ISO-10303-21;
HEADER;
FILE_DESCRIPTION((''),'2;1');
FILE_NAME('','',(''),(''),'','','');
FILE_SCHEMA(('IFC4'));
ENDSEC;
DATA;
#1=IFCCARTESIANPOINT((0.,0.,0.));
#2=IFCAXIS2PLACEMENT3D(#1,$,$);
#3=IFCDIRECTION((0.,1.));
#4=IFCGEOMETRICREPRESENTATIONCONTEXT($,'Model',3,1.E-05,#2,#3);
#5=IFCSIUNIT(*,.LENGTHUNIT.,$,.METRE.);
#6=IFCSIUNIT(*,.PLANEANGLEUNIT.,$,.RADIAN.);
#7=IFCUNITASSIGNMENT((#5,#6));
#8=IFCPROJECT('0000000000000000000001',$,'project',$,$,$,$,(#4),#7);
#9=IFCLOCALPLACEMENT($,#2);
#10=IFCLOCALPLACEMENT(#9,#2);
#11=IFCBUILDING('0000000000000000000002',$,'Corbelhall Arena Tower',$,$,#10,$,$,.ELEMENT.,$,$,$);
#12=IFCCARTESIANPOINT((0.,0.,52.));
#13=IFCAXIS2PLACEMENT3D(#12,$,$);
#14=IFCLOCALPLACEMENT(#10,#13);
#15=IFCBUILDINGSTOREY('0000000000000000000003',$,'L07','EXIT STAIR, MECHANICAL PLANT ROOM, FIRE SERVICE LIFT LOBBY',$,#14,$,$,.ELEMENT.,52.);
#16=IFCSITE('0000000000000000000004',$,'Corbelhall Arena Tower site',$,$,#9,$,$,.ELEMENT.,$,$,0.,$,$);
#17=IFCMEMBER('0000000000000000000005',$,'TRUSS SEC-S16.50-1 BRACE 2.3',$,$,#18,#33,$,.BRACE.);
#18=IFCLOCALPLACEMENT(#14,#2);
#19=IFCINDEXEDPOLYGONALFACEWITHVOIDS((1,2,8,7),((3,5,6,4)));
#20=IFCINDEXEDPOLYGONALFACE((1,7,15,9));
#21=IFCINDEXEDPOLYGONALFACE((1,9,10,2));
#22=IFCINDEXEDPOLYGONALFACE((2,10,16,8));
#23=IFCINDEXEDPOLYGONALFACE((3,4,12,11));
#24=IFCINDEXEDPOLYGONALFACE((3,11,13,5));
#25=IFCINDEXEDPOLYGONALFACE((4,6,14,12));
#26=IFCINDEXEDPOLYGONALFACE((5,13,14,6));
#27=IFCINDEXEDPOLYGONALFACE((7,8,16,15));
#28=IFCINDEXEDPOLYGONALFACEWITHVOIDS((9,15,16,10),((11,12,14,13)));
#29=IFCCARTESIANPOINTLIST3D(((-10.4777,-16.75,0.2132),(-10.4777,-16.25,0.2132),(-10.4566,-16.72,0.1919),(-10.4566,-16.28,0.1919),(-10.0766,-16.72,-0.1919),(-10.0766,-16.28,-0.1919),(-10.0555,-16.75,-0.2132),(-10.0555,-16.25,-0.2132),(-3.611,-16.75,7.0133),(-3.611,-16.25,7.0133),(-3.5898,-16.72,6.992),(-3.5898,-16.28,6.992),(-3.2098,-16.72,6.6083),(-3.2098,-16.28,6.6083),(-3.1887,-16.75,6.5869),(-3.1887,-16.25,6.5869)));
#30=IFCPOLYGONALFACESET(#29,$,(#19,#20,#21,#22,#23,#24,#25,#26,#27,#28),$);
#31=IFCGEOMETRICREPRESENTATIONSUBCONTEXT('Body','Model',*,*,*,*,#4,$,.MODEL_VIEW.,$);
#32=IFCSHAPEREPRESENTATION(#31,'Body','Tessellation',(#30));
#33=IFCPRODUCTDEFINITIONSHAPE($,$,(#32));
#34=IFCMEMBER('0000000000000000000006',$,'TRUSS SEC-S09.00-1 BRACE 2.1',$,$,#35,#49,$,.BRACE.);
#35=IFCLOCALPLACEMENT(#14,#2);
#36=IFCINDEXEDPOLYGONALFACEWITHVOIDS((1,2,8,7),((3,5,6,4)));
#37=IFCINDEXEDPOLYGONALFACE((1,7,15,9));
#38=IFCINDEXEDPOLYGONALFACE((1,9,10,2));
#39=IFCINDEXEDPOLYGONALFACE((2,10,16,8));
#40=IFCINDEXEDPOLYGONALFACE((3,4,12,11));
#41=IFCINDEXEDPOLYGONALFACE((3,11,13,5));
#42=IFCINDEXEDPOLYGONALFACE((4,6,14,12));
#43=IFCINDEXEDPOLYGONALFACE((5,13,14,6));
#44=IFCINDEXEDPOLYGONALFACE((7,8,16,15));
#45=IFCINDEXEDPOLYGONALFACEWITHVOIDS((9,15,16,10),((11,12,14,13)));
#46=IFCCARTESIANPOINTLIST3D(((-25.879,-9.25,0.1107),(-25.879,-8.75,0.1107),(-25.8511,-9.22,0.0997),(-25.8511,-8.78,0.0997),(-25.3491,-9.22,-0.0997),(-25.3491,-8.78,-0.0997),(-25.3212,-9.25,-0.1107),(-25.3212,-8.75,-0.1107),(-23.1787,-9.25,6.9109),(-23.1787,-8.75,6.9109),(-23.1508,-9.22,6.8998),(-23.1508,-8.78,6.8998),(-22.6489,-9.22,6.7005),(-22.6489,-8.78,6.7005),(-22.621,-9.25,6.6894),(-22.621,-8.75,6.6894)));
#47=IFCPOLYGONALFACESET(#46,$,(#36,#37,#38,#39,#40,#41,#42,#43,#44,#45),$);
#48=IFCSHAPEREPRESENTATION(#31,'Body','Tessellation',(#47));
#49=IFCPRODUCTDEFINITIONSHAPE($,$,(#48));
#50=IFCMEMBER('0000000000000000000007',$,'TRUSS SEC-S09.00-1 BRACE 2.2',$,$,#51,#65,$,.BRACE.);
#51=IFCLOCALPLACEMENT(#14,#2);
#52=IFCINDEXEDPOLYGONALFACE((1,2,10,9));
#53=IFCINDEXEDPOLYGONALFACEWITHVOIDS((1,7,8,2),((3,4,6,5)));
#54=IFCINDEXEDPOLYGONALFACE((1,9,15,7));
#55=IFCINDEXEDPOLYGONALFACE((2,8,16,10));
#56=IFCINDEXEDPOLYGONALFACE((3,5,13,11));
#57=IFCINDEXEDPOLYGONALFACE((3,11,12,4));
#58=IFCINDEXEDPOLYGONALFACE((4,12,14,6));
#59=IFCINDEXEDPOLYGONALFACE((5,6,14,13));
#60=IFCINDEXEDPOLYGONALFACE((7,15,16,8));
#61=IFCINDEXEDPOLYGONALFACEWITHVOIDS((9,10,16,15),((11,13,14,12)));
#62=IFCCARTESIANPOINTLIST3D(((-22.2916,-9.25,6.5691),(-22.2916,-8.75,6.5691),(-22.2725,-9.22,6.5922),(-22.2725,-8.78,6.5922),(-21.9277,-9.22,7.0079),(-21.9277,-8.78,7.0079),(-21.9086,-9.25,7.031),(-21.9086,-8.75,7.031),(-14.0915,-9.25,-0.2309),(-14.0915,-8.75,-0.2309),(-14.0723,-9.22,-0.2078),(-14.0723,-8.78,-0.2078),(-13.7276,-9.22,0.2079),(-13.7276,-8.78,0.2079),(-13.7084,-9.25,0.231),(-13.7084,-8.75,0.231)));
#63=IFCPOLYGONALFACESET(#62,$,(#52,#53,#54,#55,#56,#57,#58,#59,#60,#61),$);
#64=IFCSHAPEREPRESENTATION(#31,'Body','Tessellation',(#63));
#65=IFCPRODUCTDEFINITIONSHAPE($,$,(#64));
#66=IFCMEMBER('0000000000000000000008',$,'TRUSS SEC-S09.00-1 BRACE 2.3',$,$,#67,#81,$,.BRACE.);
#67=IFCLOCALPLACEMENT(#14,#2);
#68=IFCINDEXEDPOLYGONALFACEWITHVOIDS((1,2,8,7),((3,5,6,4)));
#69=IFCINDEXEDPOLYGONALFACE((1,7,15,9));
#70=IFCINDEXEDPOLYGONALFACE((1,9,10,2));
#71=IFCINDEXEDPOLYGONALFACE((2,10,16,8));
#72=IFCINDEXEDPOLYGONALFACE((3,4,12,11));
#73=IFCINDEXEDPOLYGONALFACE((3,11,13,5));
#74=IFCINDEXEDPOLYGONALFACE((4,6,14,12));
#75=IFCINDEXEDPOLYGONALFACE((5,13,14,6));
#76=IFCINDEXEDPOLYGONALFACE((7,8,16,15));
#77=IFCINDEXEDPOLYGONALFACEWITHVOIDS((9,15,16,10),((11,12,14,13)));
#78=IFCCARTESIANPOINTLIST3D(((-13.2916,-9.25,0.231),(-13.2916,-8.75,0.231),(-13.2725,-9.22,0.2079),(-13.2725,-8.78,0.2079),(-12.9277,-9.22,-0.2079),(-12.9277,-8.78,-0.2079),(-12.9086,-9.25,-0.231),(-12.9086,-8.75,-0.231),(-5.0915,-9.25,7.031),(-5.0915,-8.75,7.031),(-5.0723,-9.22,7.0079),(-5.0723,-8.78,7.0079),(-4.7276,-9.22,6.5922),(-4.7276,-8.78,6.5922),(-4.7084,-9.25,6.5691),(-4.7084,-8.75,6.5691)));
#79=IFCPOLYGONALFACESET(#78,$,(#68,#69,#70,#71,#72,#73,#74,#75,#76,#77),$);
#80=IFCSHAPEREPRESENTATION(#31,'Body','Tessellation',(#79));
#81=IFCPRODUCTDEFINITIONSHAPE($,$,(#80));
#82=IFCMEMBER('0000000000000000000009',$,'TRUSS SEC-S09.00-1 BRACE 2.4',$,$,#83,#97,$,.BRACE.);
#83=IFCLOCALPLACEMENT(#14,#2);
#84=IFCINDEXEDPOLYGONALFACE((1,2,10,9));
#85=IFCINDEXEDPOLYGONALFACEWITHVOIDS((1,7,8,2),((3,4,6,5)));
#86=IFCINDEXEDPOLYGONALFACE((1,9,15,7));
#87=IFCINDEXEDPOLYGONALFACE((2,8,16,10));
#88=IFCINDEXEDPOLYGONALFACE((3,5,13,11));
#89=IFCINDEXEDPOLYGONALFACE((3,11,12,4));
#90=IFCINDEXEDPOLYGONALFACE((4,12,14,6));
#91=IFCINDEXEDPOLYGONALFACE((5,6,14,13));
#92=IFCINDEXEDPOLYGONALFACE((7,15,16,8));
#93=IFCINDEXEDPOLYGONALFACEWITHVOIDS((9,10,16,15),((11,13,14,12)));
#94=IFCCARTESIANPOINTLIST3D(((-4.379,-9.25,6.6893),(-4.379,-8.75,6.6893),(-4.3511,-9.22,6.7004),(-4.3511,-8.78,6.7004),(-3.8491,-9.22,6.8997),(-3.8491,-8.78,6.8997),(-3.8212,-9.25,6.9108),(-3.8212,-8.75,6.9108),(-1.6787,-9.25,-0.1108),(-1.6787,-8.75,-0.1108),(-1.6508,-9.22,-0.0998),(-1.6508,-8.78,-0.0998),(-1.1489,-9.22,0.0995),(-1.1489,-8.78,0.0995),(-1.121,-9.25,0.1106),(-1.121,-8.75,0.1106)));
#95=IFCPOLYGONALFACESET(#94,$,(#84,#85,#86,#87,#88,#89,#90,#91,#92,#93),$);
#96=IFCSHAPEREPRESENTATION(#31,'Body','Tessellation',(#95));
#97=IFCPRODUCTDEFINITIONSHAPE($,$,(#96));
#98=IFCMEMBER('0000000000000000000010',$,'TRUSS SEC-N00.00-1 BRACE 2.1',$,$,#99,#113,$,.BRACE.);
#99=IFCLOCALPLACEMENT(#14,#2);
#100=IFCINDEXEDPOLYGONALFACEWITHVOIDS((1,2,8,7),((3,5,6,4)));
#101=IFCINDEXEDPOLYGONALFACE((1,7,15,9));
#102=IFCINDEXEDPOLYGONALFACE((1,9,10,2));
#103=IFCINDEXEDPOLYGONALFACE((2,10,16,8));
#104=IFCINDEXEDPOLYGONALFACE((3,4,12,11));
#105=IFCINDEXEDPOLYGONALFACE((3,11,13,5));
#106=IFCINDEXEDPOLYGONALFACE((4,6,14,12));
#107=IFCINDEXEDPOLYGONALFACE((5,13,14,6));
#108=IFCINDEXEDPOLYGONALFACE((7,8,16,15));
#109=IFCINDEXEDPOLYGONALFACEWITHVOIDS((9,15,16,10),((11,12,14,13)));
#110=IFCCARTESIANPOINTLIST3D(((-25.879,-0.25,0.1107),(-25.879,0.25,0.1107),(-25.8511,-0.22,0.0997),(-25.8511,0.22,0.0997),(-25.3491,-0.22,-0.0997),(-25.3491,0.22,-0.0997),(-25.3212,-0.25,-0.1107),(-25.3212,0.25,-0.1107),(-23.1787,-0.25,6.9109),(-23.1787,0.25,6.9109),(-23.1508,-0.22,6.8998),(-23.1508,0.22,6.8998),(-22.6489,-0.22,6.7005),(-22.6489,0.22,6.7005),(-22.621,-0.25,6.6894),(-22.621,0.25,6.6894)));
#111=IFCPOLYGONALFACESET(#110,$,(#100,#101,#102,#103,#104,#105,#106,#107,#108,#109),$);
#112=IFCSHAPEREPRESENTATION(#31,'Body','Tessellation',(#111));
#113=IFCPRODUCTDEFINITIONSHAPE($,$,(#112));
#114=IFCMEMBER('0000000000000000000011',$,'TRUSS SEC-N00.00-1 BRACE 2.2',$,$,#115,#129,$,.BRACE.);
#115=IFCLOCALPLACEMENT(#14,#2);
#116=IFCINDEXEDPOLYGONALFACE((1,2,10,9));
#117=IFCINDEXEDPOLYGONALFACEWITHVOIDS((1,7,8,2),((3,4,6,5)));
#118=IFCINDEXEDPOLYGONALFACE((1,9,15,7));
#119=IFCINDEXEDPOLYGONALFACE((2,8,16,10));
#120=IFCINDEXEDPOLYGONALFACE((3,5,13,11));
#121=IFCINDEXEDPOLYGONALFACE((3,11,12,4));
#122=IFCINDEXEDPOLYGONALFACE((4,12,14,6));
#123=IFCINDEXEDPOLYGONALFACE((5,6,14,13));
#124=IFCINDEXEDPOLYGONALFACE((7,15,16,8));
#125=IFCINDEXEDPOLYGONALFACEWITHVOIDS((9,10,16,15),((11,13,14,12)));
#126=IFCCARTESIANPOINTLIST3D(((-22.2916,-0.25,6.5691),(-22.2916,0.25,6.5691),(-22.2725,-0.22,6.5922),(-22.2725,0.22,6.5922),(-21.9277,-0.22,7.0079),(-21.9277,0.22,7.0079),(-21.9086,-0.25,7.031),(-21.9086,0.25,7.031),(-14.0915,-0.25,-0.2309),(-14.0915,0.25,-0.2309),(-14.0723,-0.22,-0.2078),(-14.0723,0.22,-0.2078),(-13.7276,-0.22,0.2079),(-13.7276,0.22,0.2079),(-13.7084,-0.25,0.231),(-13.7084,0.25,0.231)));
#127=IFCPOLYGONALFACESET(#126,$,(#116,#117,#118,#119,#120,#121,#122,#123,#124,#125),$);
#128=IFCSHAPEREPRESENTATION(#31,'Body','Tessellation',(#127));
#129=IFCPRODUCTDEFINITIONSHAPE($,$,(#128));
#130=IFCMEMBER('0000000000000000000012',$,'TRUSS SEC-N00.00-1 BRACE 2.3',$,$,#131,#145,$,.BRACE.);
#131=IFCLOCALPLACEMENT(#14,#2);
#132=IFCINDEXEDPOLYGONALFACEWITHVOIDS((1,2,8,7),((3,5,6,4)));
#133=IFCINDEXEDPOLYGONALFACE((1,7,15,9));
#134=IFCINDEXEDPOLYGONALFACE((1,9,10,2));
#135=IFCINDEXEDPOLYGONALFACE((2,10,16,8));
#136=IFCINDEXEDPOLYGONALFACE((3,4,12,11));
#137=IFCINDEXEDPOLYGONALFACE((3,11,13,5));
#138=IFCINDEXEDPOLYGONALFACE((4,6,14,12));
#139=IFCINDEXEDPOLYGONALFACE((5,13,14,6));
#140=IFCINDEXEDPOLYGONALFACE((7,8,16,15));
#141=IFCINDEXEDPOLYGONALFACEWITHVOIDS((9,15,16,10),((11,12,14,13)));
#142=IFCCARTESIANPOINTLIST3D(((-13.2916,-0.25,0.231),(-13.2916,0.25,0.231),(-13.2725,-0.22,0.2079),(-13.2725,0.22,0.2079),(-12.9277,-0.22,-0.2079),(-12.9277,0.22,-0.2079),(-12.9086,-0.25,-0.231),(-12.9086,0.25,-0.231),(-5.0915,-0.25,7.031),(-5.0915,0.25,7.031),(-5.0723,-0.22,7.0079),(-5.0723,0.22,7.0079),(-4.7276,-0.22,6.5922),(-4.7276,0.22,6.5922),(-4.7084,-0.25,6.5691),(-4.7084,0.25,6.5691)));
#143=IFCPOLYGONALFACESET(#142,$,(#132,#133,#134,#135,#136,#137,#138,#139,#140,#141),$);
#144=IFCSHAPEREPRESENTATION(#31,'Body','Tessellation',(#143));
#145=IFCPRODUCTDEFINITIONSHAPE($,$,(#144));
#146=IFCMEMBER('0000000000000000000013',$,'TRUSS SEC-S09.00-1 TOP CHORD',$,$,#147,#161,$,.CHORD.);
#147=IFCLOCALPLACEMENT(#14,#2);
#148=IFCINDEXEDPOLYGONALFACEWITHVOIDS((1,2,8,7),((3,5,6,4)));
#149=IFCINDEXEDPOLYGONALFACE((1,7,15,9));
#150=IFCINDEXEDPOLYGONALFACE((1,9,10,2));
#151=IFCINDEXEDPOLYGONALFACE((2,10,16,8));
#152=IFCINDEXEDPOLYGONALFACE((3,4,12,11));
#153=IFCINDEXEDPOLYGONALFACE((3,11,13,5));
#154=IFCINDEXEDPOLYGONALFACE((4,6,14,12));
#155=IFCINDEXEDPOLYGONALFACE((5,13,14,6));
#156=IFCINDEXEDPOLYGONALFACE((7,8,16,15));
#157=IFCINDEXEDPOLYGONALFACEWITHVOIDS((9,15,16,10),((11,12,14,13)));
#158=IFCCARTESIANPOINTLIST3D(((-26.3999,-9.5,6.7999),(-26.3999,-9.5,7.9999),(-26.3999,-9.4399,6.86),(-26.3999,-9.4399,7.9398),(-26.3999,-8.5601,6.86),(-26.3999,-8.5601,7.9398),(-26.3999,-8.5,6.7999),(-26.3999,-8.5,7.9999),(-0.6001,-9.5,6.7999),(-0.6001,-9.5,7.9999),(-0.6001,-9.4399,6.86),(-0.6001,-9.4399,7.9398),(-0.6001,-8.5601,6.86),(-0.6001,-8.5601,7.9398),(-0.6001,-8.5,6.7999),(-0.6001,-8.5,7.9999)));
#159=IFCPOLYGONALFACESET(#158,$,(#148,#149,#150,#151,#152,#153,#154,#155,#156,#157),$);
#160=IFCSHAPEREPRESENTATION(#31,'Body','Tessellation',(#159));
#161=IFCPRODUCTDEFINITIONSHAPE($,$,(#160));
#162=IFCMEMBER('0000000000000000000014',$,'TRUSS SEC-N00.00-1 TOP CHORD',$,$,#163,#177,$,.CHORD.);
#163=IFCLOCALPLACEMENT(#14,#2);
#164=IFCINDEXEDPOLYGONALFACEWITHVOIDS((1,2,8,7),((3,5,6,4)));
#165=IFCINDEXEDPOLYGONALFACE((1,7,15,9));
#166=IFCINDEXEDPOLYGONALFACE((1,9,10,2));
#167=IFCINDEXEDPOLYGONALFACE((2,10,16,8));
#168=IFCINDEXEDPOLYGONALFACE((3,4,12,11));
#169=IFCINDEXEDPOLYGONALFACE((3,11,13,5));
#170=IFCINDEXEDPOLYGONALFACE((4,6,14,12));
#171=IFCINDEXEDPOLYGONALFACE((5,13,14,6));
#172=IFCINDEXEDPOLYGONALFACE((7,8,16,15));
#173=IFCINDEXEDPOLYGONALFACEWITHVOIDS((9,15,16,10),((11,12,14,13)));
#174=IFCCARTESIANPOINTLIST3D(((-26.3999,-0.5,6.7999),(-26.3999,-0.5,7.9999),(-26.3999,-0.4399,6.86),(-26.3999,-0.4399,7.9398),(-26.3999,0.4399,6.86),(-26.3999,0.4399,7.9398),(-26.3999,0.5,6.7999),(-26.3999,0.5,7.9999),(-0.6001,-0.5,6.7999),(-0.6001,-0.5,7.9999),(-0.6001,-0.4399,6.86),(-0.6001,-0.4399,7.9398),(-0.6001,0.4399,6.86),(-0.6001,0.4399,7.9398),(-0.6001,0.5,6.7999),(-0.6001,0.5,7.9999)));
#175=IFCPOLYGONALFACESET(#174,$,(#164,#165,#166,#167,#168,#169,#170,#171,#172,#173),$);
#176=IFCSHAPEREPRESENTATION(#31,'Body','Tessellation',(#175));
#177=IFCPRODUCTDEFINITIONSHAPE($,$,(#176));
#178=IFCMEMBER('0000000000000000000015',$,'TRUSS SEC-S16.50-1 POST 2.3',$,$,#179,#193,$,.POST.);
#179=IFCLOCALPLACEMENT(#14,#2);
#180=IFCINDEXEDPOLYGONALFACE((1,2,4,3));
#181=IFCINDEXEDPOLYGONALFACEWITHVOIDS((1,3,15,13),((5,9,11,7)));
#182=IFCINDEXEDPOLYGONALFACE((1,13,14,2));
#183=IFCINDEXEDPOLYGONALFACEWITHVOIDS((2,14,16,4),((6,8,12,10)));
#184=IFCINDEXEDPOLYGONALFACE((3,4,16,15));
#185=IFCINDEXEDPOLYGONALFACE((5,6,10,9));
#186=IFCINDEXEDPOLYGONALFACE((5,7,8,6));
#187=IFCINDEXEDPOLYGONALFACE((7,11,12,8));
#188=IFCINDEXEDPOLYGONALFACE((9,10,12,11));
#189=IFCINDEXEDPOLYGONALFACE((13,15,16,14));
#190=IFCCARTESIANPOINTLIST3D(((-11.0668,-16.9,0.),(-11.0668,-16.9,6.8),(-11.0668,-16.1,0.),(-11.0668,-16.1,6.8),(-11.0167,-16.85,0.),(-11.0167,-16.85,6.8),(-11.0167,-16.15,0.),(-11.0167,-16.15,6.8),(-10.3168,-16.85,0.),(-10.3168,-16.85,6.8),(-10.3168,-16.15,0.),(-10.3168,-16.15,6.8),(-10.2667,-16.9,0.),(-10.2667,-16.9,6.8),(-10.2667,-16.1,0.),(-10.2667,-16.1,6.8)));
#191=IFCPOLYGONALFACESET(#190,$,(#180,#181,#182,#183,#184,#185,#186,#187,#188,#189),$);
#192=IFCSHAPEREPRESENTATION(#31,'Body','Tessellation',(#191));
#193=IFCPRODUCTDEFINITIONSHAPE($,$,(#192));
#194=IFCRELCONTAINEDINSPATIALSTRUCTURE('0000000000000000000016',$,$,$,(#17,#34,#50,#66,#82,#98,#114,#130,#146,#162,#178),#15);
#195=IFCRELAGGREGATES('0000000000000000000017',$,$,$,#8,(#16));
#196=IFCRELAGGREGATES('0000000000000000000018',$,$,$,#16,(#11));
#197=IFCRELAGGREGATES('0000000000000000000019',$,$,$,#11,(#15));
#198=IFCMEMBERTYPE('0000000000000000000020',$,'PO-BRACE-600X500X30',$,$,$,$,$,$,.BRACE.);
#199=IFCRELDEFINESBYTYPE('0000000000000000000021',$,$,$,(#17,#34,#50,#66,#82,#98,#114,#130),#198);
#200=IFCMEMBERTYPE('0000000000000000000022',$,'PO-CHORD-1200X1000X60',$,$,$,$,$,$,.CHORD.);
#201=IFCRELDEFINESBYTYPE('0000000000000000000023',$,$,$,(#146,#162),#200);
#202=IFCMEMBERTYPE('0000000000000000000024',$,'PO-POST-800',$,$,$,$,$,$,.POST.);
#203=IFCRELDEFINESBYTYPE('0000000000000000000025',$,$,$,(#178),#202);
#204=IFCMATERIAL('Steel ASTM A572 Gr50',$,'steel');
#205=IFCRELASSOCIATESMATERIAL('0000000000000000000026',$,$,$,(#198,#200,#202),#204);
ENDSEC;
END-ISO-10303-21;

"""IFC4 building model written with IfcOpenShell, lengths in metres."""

from ifc_helpers import new_model, si_unit, direction, frame, origin, origin_2d, place, context, subcontext, project, spatial, hollow_rectangle, extrude, material, material_profile, profile_set, type_object, element, save


model = new_model("IFC4")

# Units and contexts
model_context = context("Model", 3, precision=1e-05, world=origin(), true_north=direction((0.0, 1.0)))
body_context = subcontext(model_context, "Body", "Model", "MODEL_VIEW")
ifc_project = project(units=[si_unit("LENGTHUNIT", "METRE"), si_unit("PLANEANGLEUNIT", "RADIAN")], contexts=[model_context])

# Site, building, storey
site_placement = place(None, origin())
site = spatial("IfcSite", under=ifc_project, at=site_placement, Name="Corbelhall Arena Tower site", CompositionType="ELEMENT", RefElevation=0.0)
building_placement = place(site_placement, origin())
building = spatial("IfcBuilding", under=site, at=building_placement, Name="Corbelhall Arena Tower", CompositionType="ELEMENT")
storey_placement = place(building_placement, frame((0.0, 0.0, 52.0)))
storey = spatial("IfcBuildingStorey", under=building, at=storey_placement, Name="L07", Description="EXIT STAIR, MECHANICAL PLANT ROOM, FIRE SERVICE LIFT LOBBY", CompositionType="ELEMENT", Elevation=52.0)

# Members
ifc_material_1 = material(Name="Steel ASTM A572 Gr50", Category="steel")
ifc_material_profile_1 = material_profile(ifc_material_1, hollow_rectangle(XDim=0.5, YDim=0.6001, WallThickness=0.03, at=origin_2d()))
ifc_profile_set_1 = profile_set([ifc_material_profile_1], Name="Steel ASTM A572 Gr50")
member_type_1 = type_object("IfcMemberType", Name="PO-BRACE-600X500X30", PredefinedType="BRACE", material=ifc_profile_set_1)
member_1_placement = place(storey_placement, frame((-10.2666, -16.5, 0.0), z_axis=(0.710547, 0.0, 0.70365), x_axis=(0.0, 1.0, 0.0)))
element("IfcMember", 1, at=member_1_placement, inside=storey, type_object=member_type_1, Name="TRUSS SEC-S16.50-1 BRACE 2.3", PredefinedType="BRACE", context=body_context, shape_type="SweptSolid", body=[
    extrude(hollow_rectangle(XDim=0.5, YDim=0.6001, WallThickness=0.03, at=origin_2d()), origin(), (0.0, 0.0, 1.0), 9.6641),
])
member_2_placement = place(storey_placement, frame((-25.6001, -9.0, 0.0), z_axis=(0.369054, 0.0, 0.929408), x_axis=(0.0, 1.0, 0.0)))
element("IfcMember", 2, at=member_2_placement, inside=storey, type_object=member_type_1, Name="TRUSS SEC-S09.00-1 BRACE 2.1", PredefinedType="BRACE", context=body_context, shape_type="SweptSolid", body=[
    extrude(hollow_rectangle(XDim=0.5, YDim=0.6001, WallThickness=0.03, at=origin_2d()), origin(), (0.0, 0.0, 1.0), 7.3167),
])
for number, where, z_axis, x_axis, name in (
    (3, (-22.1001, -9.0, 6.8), (0.769763, 0.0, -0.63833), (0.0, 1.0, 0.0), "TRUSS SEC-S09.00-1 BRACE 2.2"),
    (4, (-13.1001, -9.0, 0.0), (0.769763, 0.0, 0.63833), (0.0, 1.0, 0.0), "TRUSS SEC-S09.00-1 BRACE 2.3"),
):
    element("IfcMember", number, at=place(storey_placement, frame(where, z_axis=z_axis, x_axis=x_axis)), inside=storey, type_object=member_type_1, Name=name, PredefinedType="BRACE", context=body_context, shape_type="SweptSolid", body=[
        extrude(hollow_rectangle(XDim=0.5, YDim=0.6001, WallThickness=0.03, at=origin_2d()), origin(), (0.0, 0.0, 1.0), 10.6528),
    ])
for number, where, z_axis, x_axis, name in (
    (5, (-4.1001, -9.0, 6.8), (0.369054, 0.0, -0.929408), (0.0, 1.0, 0.0), "TRUSS SEC-S09.00-1 BRACE 2.4"),
    (6, (-25.6001, 0.0, 0.0), (0.369054, 0.0, 0.929408), (0.0, 1.0, 0.0), "TRUSS SEC-N00.00-1 BRACE 2.1"),
):
    element("IfcMember", number, at=place(storey_placement, frame(where, z_axis=z_axis, x_axis=x_axis)), inside=storey, type_object=member_type_1, Name=name, PredefinedType="BRACE", context=body_context, shape_type="SweptSolid", body=[
        extrude(hollow_rectangle(XDim=0.5, YDim=0.6001, WallThickness=0.03, at=origin_2d()), origin(), (0.0, 0.0, 1.0), 7.3167),
    ])
for number, where, z_axis, x_axis, name in (
    (7, (-22.1001, 0.0, 6.8), (0.769763, 0.0, -0.63833), (0.0, 1.0, 0.0), "TRUSS SEC-N00.00-1 BRACE 2.2"),
    (8, (-13.1001, 0.0, 0.0), (0.769763, 0.0, 0.63833), (0.0, 1.0, 0.0), "TRUSS SEC-N00.00-1 BRACE 2.3"),
):
    element("IfcMember", number, at=place(storey_placement, frame(where, z_axis=z_axis, x_axis=x_axis)), inside=storey, type_object=member_type_1, Name=name, PredefinedType="BRACE", context=body_context, shape_type="SweptSolid", body=[
        extrude(hollow_rectangle(XDim=0.5, YDim=0.6001, WallThickness=0.03, at=origin_2d()), origin(), (0.0, 0.0, 1.0), 10.6528),
    ])
ifc_material_profile_2 = material_profile(ifc_material_1, hollow_rectangle(XDim=1.0, YDim=1.2, WallThickness=0.0601, at=origin_2d()))
ifc_profile_set_2 = profile_set([ifc_material_profile_2], Name="Steel ASTM A572 Gr50")
member_type_2 = type_object("IfcMemberType", Name="PO-CHORD-1200X1000X60", PredefinedType="CHORD", material=ifc_profile_set_2)
for number, where, z_axis, x_axis, name in (
    (9, (-26.3999, -9.0, 7.3999), (1.0, 0.0, 0.0), (0.0, 1.0, 0.0), "TRUSS SEC-S09.00-1 TOP CHORD"),
    (10, (-26.3999, 0.0, 7.3999), (1.0, 0.0, 0.0), (0.0, 1.0, 0.0), "TRUSS SEC-N00.00-1 TOP CHORD"),
):
    element("IfcMember", number, at=place(storey_placement, frame(where, z_axis=z_axis, x_axis=x_axis)), inside=storey, type_object=member_type_2, Name=name, PredefinedType="CHORD", context=body_context, shape_type="SweptSolid", body=[
        extrude(hollow_rectangle(XDim=1.0, YDim=1.2, WallThickness=0.0601, at=origin_2d()), origin(), (0.0, 0.0, 1.0), 25.7998),
    ])
ifc_material_profile_3 = material_profile(ifc_material_1, hollow_rectangle(XDim=0.8, YDim=0.8, WallThickness=0.05, at=origin_2d()))
ifc_profile_set_3 = profile_set([ifc_material_profile_3], Name="Steel ASTM A572 Gr50")
member_type_3 = type_object("IfcMemberType", Name="PO-POST-800", PredefinedType="POST", material=ifc_profile_set_3)
for number, where, z_axis, x_axis, name in (
    (11, (-10.6667, -16.5, 0.0), (0.0, 0.0, 1.0), (1.0, 0.0, 0.0), "TRUSS SEC-S16.50-1 POST 2.3"),
):
    element("IfcMember", number, at=place(storey_placement, frame(where, z_axis=z_axis, x_axis=x_axis)), inside=storey, type_object=member_type_3, Name=name, PredefinedType="POST", context=body_context, shape_type="SweptSolid", body=[
        extrude(hollow_rectangle(XDim=0.8, YDim=0.8, WallThickness=0.05, at=origin_2d()), origin(), (0.0, 0.0, 1.0), 6.8),
    ])

save(model, "model.ifc")
